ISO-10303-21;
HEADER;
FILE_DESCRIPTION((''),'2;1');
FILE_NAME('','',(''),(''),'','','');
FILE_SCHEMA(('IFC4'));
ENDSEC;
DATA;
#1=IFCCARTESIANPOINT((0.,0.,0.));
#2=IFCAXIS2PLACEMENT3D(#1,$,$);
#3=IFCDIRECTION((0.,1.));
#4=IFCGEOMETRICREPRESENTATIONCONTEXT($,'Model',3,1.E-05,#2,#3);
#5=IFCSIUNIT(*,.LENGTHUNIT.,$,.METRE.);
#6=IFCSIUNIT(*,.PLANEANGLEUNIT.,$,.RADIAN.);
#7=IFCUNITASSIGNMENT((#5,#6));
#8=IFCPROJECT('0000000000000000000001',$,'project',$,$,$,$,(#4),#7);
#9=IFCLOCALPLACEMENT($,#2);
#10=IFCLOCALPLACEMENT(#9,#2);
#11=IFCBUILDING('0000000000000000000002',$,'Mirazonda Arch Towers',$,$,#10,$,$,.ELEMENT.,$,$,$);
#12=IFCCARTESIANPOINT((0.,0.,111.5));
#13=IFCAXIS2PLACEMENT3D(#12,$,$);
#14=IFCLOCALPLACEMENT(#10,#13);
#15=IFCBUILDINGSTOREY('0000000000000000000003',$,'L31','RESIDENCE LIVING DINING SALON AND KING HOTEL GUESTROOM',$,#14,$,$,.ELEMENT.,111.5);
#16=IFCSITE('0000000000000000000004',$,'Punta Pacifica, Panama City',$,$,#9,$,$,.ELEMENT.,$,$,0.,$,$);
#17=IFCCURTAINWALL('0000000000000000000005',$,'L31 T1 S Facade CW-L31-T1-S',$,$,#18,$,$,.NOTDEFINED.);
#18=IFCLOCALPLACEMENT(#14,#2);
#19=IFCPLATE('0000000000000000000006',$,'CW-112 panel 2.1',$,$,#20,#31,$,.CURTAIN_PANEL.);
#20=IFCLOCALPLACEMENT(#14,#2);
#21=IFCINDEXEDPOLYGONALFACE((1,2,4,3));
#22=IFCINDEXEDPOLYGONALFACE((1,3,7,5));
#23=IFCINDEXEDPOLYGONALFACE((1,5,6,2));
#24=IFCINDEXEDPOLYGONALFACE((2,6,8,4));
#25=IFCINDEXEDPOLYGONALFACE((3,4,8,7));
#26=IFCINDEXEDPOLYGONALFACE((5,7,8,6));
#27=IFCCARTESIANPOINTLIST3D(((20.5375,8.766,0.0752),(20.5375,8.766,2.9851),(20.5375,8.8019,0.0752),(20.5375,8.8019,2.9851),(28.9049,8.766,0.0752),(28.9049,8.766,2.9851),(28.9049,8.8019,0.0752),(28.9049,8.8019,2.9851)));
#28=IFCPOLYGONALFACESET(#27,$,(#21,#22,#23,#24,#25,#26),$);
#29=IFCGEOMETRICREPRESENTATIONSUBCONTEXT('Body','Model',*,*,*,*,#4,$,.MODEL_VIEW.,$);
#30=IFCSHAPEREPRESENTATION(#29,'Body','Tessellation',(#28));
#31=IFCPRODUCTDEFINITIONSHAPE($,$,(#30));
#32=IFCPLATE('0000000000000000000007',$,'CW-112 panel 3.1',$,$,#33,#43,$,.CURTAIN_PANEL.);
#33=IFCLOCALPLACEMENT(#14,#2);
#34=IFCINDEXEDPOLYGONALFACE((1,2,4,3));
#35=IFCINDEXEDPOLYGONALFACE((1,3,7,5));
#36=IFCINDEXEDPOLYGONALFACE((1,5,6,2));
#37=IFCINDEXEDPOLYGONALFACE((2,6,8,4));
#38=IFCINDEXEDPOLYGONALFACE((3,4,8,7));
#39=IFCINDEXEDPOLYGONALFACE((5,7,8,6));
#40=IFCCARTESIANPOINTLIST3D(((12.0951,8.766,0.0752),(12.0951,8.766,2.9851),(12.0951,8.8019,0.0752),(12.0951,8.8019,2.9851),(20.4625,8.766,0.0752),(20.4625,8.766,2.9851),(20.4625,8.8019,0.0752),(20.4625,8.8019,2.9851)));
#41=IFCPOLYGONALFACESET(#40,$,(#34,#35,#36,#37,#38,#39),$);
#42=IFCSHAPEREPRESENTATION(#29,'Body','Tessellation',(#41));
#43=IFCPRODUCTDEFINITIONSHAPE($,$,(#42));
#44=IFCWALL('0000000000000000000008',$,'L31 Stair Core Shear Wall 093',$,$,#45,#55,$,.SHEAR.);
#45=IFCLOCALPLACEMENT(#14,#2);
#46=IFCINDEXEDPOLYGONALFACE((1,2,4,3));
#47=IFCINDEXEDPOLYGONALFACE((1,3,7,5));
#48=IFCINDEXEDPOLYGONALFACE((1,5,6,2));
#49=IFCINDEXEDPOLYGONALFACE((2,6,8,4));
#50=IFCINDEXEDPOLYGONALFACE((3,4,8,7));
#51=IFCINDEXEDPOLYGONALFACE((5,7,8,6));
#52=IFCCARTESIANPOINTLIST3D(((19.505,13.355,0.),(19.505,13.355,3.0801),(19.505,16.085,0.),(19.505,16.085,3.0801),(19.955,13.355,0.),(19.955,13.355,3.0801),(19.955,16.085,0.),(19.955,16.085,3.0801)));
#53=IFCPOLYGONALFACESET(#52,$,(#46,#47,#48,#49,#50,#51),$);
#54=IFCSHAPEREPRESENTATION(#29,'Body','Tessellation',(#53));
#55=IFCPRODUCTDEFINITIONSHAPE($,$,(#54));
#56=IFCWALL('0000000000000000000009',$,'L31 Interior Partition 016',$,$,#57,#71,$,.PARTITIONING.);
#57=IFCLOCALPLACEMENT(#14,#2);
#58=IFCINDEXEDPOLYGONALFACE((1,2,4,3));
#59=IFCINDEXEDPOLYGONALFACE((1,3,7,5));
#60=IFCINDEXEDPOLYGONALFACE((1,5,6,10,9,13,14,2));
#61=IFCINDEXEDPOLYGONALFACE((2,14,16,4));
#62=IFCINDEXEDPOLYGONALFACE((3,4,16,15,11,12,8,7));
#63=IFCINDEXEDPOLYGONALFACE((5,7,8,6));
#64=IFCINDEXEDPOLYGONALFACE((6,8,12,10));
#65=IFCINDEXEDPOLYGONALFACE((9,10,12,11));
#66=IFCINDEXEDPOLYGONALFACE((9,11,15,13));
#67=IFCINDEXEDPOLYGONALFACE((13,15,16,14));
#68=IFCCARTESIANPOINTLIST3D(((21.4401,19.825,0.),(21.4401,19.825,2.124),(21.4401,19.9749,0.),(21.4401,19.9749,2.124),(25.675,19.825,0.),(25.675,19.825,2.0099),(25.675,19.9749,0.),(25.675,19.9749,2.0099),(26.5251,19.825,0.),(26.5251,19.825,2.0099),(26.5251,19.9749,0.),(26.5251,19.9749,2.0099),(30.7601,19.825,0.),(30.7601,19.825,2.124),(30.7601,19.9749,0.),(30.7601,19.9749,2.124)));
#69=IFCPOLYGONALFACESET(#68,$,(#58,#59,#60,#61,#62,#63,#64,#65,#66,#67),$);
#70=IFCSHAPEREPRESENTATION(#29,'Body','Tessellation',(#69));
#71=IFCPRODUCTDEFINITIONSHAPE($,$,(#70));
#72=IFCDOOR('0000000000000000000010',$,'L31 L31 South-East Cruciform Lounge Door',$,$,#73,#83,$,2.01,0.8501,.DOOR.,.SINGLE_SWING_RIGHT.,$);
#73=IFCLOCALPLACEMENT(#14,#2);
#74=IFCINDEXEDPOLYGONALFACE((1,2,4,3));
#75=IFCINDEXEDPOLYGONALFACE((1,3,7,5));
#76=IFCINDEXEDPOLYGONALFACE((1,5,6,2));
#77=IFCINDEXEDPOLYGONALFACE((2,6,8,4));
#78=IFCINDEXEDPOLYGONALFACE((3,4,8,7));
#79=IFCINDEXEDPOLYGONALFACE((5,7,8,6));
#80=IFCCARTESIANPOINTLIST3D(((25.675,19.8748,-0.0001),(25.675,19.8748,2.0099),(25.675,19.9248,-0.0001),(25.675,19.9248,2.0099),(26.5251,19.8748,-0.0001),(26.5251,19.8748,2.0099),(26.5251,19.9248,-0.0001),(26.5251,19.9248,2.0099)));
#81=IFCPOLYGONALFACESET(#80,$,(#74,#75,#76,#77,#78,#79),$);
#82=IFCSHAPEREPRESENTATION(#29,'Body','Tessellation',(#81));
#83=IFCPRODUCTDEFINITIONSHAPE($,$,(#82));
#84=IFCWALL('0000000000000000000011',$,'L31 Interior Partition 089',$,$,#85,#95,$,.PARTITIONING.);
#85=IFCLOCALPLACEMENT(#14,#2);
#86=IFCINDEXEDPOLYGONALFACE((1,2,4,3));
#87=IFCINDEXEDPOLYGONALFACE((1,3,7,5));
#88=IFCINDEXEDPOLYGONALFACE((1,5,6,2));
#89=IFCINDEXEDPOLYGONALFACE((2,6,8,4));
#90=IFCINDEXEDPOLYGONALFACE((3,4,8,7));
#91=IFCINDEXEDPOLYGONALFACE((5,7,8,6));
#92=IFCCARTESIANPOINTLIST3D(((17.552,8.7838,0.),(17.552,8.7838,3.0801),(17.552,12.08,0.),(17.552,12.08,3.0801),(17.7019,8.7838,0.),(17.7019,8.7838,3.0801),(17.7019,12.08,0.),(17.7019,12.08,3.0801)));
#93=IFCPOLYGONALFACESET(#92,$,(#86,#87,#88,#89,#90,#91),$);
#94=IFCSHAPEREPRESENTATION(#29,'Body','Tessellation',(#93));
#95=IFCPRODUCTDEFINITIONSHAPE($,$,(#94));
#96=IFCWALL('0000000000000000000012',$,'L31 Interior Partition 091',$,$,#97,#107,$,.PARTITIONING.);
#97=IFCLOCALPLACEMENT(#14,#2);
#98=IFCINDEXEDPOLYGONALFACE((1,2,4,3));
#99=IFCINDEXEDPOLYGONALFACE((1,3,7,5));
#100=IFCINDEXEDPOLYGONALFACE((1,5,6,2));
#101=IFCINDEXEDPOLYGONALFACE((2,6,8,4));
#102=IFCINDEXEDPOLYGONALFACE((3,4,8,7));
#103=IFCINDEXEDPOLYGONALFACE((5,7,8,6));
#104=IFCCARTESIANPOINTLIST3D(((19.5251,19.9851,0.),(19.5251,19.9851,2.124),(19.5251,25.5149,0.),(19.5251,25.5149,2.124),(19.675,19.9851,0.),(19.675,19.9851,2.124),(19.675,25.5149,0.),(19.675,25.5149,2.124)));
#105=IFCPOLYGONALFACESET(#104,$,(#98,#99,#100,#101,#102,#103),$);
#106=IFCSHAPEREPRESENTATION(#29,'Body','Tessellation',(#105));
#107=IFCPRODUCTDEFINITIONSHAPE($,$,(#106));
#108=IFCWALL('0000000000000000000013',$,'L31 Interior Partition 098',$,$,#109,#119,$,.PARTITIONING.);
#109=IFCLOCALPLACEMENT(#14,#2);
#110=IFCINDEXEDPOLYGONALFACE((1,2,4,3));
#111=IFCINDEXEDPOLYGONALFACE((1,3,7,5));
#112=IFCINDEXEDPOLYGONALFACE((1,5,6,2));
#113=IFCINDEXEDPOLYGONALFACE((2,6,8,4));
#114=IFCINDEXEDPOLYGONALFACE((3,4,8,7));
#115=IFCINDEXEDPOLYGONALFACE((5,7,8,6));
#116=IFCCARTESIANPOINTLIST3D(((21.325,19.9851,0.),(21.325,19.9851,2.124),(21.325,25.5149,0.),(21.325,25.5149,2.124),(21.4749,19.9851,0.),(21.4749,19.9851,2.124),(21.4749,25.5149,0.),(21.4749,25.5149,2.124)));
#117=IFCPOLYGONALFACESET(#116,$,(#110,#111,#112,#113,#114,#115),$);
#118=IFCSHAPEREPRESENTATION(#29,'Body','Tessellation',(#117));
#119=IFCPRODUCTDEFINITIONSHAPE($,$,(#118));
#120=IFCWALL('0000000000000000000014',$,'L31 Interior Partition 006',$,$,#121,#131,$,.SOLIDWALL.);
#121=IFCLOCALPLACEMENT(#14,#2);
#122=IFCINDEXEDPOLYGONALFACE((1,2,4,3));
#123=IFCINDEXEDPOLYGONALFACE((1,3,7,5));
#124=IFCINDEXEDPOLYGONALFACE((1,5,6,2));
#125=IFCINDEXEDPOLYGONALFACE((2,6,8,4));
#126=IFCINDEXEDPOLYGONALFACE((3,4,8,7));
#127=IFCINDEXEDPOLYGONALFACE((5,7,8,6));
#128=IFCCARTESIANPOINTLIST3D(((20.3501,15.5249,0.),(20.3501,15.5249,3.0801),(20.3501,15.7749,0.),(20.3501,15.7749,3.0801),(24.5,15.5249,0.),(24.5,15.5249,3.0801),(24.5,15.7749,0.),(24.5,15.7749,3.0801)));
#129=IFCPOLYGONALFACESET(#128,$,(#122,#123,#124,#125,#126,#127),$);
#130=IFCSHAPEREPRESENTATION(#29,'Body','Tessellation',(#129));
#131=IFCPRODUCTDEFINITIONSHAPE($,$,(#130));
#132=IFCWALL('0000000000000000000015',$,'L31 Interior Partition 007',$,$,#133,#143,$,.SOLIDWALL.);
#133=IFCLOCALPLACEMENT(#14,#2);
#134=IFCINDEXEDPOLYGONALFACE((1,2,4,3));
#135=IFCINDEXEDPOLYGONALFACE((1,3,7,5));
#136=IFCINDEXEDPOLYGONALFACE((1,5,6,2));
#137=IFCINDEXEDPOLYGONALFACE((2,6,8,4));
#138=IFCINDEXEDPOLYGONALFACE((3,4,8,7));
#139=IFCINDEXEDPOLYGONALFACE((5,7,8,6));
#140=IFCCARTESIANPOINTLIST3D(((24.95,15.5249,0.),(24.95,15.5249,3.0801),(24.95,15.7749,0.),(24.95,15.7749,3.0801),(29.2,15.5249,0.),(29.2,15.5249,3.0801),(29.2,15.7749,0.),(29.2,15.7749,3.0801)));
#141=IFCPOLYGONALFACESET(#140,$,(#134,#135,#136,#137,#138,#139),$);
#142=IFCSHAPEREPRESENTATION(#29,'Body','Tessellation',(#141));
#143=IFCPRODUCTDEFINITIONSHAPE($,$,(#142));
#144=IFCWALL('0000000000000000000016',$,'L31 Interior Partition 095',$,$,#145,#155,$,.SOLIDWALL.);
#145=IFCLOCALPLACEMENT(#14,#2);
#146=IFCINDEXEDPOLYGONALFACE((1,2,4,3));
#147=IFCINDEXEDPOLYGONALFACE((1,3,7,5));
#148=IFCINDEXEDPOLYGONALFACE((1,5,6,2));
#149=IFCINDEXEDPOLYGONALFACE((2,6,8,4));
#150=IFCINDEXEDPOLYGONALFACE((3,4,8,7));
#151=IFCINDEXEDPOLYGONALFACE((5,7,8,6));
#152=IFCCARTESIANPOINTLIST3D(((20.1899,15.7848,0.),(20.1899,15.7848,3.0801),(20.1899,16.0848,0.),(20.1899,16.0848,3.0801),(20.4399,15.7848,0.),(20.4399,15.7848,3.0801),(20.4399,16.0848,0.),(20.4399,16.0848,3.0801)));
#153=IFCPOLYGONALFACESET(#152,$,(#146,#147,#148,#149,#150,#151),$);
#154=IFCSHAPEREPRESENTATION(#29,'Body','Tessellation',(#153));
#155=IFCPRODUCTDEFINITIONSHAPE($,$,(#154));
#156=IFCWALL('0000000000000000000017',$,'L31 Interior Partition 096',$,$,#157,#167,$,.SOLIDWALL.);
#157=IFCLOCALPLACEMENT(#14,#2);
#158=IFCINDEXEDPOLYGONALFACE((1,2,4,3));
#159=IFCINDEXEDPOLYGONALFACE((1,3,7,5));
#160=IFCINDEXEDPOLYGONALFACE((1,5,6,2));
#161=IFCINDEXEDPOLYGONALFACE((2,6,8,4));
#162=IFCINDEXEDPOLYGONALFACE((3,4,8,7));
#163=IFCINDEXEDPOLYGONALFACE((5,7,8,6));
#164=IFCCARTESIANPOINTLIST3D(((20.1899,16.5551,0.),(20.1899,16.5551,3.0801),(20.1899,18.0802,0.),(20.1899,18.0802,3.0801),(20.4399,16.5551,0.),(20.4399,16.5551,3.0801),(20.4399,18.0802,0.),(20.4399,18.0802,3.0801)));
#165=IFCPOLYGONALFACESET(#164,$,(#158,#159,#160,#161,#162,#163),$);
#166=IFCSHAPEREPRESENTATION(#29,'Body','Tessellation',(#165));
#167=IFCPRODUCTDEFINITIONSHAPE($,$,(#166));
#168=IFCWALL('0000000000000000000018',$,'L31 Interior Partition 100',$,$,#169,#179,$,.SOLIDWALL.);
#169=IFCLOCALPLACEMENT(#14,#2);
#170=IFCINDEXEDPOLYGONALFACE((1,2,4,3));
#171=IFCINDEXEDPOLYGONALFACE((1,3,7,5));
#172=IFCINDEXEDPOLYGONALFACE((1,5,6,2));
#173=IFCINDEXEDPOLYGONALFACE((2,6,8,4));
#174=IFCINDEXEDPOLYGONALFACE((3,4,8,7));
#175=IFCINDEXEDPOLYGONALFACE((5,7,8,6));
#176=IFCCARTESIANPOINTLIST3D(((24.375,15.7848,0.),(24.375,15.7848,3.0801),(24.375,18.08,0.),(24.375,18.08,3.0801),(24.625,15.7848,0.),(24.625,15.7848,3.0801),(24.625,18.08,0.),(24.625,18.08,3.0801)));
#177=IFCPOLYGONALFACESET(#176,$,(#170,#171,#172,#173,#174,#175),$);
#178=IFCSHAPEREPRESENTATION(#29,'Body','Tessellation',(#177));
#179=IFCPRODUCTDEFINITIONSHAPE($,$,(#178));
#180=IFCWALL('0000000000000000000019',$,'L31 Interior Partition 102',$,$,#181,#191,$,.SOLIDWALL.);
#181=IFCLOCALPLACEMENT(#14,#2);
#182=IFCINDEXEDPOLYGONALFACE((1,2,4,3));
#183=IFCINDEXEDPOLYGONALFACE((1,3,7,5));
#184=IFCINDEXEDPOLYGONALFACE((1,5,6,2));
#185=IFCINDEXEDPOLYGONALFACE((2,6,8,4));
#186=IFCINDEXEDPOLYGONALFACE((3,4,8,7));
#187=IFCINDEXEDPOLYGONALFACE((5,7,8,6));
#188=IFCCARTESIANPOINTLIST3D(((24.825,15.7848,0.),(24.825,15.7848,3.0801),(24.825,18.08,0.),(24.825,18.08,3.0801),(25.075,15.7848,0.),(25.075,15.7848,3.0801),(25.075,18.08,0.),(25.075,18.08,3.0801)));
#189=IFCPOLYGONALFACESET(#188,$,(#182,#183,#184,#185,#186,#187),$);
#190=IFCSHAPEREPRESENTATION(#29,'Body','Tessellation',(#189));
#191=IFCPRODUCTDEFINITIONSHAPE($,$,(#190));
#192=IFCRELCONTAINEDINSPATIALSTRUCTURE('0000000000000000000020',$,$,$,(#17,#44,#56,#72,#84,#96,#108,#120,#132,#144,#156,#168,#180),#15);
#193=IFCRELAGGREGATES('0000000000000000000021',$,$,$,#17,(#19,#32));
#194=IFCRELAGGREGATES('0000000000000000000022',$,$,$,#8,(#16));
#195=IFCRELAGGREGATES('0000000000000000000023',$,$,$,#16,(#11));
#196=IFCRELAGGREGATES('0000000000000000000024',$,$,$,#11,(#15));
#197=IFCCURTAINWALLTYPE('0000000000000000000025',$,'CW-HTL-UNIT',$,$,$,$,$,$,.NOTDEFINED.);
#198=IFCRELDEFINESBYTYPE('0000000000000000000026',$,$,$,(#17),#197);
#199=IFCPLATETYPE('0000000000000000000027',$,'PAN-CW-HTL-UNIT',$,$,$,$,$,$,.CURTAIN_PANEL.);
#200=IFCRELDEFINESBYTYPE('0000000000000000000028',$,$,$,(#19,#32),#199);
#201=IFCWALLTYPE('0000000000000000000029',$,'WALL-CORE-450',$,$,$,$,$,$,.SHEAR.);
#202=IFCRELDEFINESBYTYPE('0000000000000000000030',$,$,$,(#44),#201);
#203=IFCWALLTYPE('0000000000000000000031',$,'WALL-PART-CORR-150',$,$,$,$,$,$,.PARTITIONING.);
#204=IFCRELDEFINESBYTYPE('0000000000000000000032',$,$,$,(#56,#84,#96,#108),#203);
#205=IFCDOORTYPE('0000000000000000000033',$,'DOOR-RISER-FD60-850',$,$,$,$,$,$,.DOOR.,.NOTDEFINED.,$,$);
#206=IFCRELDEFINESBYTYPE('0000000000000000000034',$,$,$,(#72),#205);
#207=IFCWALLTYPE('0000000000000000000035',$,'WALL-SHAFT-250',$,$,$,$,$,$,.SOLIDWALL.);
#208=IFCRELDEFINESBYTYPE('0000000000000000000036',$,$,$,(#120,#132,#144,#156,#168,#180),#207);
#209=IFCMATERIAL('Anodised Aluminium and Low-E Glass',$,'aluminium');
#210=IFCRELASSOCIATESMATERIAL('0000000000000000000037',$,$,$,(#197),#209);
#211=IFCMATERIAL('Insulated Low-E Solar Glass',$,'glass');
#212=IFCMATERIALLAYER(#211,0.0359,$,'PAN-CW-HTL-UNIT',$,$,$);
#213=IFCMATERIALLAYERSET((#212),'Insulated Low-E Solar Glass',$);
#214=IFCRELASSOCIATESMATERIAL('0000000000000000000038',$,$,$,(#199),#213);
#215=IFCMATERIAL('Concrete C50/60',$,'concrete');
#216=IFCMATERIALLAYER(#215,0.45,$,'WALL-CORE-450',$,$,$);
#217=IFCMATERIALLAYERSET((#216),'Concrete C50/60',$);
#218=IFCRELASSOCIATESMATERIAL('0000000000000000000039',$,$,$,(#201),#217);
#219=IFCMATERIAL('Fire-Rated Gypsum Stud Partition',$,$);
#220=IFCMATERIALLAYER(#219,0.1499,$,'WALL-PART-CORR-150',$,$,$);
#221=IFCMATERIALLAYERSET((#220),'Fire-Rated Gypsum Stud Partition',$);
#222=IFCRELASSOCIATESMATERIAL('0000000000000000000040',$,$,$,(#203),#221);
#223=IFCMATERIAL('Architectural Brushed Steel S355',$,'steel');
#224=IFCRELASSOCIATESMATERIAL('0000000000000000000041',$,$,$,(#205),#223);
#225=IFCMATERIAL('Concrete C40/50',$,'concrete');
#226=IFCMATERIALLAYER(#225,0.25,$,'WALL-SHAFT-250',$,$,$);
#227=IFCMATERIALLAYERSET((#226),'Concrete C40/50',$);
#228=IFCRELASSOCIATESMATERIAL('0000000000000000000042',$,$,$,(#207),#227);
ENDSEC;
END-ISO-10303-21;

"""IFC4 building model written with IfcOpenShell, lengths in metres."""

from ifc_helpers import new_model, si_unit, direction, frame, frame_2d, origin, origin_2d, place, context, subcontext, project, spatial, rectangle, extrude, material, layer, layer_set, type_object, element, fill, aggregate, save


model = new_model("IFC4")

# Units and contexts
model_context = context("Model", 3, precision=1e-05, world=origin(), true_north=direction((0.0, 1.0)))
body_context = subcontext(model_context, "Body", "Model", "MODEL_VIEW")
ifc_project = project(units=[si_unit("LENGTHUNIT", "METRE"), si_unit("PLANEANGLEUNIT", "RADIAN")], contexts=[model_context])

# Site, building, storey
site_placement = place(None, origin())
site = spatial("IfcSite", under=ifc_project, at=site_placement, Name="Punta Pacifica, Panama City", CompositionType="ELEMENT", RefElevation=0.0)
building_placement = place(site_placement, origin())
building = spatial("IfcBuilding", under=site, at=building_placement, Name="Mirazonda Arch Towers", CompositionType="ELEMENT")
storey_placement = place(building_placement, frame((0.0, 0.0, 111.5)))
storey = spatial("IfcBuildingStorey", under=building, at=storey_placement, Name="L31", Description="RESIDENCE LIVING DINING SALON AND KING HOTEL GUESTROOM", CompositionType="ELEMENT", Elevation=111.5)

# Shared definitions
ifc_material_1 = material(Name="Concrete C50/60", Category="concrete")

# Curtain wall, plates
ifc_material_2 = material(Name="Anodised Aluminium and Low-E Glass", Category="aluminium")
curtain_wall_type = type_object("IfcCurtainWallType", Name="CW-HTL-UNIT", PredefinedType="NOTDEFINED", material=ifc_material_2)
curtain_wall_placement = place(storey_placement, origin())
curtain_wall = element("IfcCurtainWall", 1, at=curtain_wall_placement, inside=storey, type_object=curtain_wall_type, Name="L31 T1 S Facade CW-L31-T1-S", PredefinedType="NOTDEFINED")
ifc_material_3 = material(Name="Insulated Low-E Solar Glass", Category="glass")
ifc_layer_1 = layer(ifc_material_3, 0.0359, Name="PAN-CW-HTL-UNIT")
ifc_layer_set_1 = layer_set([ifc_layer_1], Name="Insulated Low-E Solar Glass")
plate_type = type_object("IfcPlateType", Name="PAN-CW-HTL-UNIT", PredefinedType="CURTAIN_PANEL", material=ifc_layer_set_1)
plate_1_placement = place(storey_placement, frame((24.7212, 8.7839, 0.0752), z_axis=(0.0, 0.0, 1.0), x_axis=(-1.0, 0.0, 0.0)))
plate_1 = element("IfcPlate", 2, at=plate_1_placement, type_object=plate_type, Name="CW-112 panel 2.1", PredefinedType="CURTAIN_PANEL", context=body_context, shape_type="SweptSolid", body=[
    extrude(rectangle(XDim=8.3674, YDim=0.0359, at=origin_2d()), origin(), (0.0, 0.0, 1.0), 2.9099),
])
plate_2_placement = place(storey_placement, frame((16.2788, 8.7839, 0.0752), z_axis=(0.0, 0.0, 1.0), x_axis=(-1.0, 0.0, 0.0)))
plate_2 = element("IfcPlate", 3, at=plate_2_placement, type_object=plate_type, Name="CW-112 panel 3.1", PredefinedType="CURTAIN_PANEL", context=body_context, shape_type="SweptSolid", body=[
    extrude(rectangle(XDim=8.3674, YDim=0.0359, at=origin_2d()), origin(), (0.0, 0.0, 1.0), 2.9099),
])
aggregate(curtain_wall, [plate_1, plate_2])

# Wall
ifc_layer_2 = layer(ifc_material_1, 0.45, Name="WALL-CORE-450")
ifc_layer_set_2 = layer_set([ifc_layer_2], Name="Concrete C50/60")
wall_type_1 = type_object("IfcWallType", Name="WALL-CORE-450", PredefinedType="SHEAR", material=ifc_layer_set_2)
wall_1_placement = place(storey_placement, frame((19.73, 13.355, 0.0), z_axis=(0.0, 0.0, 1.0), x_axis=(0.0, 1.0, 0.0)))
element("IfcWall", 4, at=wall_1_placement, inside=storey, type_object=wall_type_1, Name="L31 Stair Core Shear Wall 093", PredefinedType="SHEAR", context=body_context, shape_type="SweptSolid", body=[
    extrude(rectangle(XDim=2.73, YDim=0.45, at=frame_2d((1.365, 0.0))), origin(), (0.0, 0.0, 1.0), 3.0801),
])

# Wall, opening, door
ifc_material_4 = material(Name="Fire-Rated Gypsum Stud Partition")
ifc_layer_3 = layer(ifc_material_4, 0.1499, Name="WALL-PART-CORR-150")
ifc_layer_set_3 = layer_set([ifc_layer_3], Name="Fire-Rated Gypsum Stud Partition")
wall_type_2 = type_object("IfcWallType", Name="WALL-PART-CORR-150", PredefinedType="PARTITIONING", material=ifc_layer_set_3)
wall_2_placement = place(storey_placement, frame((21.4399, 19.8999, 0.0), z_axis=(0.0, 0.0, 1.0), x_axis=(1.0, 0.0, 0.0)))
wall_2 = element("IfcWall", 5, at=wall_2_placement, inside=storey, type_object=wall_type_2, Name="L31 Interior Partition 016", PredefinedType="PARTITIONING", context=body_context, shape_type="SweptSolid", body=[
    extrude(rectangle(XDim=9.3201, YDim=0.1499, at=frame_2d((4.6602, 0.0))), origin(), (0.0, 0.0, 1.0), 2.124),
])
opening_placement = place(wall_2_placement, frame((4.2351, 0.0, 0.0)))
opening = element("IfcOpeningElement", 6, at=opening_placement, cuts=wall_2, PredefinedType="OPENING", context=body_context, shape_type="SweptSolid", body=[
    extrude(rectangle(XDim=0.8501, YDim=2.01, at=frame_2d((0.425, 1.0049))), frame((0.0, 0.085, 0.0), z_axis=(0.0, -1.0, 0.0), x_axis=(1.0, 0.0, 0.0)), (0.0, 0.0, 1.0), 0.1699),
])
ifc_material_5 = material(Name="Architectural Brushed Steel S355", Category="steel")
door_type = type_object("IfcDoorType", Name="DOOR-RISER-FD60-850", OperationType="NOTDEFINED", PredefinedType="DOOR", material=ifc_material_5)
door_placement = place(opening_placement, origin())
door = element("IfcDoor", 7, at=door_placement, inside=storey, type_object=door_type, Name="L31 L31 South-East Cruciform Lounge Door", OperationType="SINGLE_SWING_RIGHT", OverallHeight=2.01, OverallWidth=0.8501, PredefinedType="DOOR", context=body_context, shape_type="SweptSolid", body=[
    extrude(rectangle(XDim=0.8501, YDim=2.01, at=frame_2d((0.425, 1.0049))), frame((0.0, 0.0249, 0.0), z_axis=(0.0, -1.0, 0.0), x_axis=(1.0, 0.0, 0.0)), (0.0, 0.0, 1.0), 0.05),
])
fill(opening, door)

# Walls
wall_3_placement = place(storey_placement, frame((17.627, 8.7839, 0.0), z_axis=(0.0, 0.0, 1.0), x_axis=(0.0, 1.0, 0.0)))
element("IfcWall", 8, at=wall_3_placement, inside=storey, type_object=wall_type_2, Name="L31 Interior Partition 089", PredefinedType="PARTITIONING", context=body_context, shape_type="SweptSolid", body=[
    extrude(rectangle(XDim=3.2961, YDim=0.1499, at=frame_2d((1.6479, 0.0))), origin(), (0.0, 0.0, 1.0), 3.0801),
])
for number, where, z_axis, x_axis, name in (
    (9, (19.6001, 19.9851, 0.0), (0.0, 0.0, 1.0), (0.0, 1.0, 0.0), "L31 Interior Partition 091"),
    (10, (21.3999, 19.9851, 0.0), (0.0, 0.0, 1.0), (0.0, 1.0, 0.0), "L31 Interior Partition 098"),
):
    element("IfcWall", number, at=place(storey_placement, frame(where, z_axis=z_axis, x_axis=x_axis)), inside=storey, type_object=wall_type_2, Name=name, PredefinedType="PARTITIONING", context=body_context, shape_type="SweptSolid", body=[
        extrude(rectangle(XDim=5.5298, YDim=0.1499, at=frame_2d((2.7649, 0.0))), origin(), (0.0, 0.0, 1.0), 2.124),
    ])
ifc_material_6 = material(Name="Concrete C40/50", Category="concrete")
ifc_layer_4 = layer(ifc_material_6, 0.25, Name="WALL-SHAFT-250")
ifc_layer_set_4 = layer_set([ifc_layer_4], Name="Concrete C40/50")
wall_type_3 = type_object("IfcWallType", Name="WALL-SHAFT-250", PredefinedType="SOLIDWALL", material=ifc_layer_set_4)
wall_4_placement = place(storey_placement, frame((20.3501, 15.6499, 0.0), z_axis=(0.0, 0.0, 1.0), x_axis=(1.0, 0.0, 0.0)))
element("IfcWall", 11, at=wall_4_placement, inside=storey, type_object=wall_type_3, Name="L31 Interior Partition 006", PredefinedType="SOLIDWALL", context=body_context, shape_type="SweptSolid", body=[
    extrude(rectangle(XDim=4.1499, YDim=0.25, at=frame_2d((2.075, 0.0))), origin(), (0.0, 0.0, 1.0), 3.0801),
])
wall_5_placement = place(storey_placement, frame((24.95, 15.6499, 0.0), z_axis=(0.0, 0.0, 1.0), x_axis=(1.0, 0.0, 0.0)))
element("IfcWall", 12, at=wall_5_placement, inside=storey, type_object=wall_type_3, Name="L31 Interior Partition 007", PredefinedType="SOLIDWALL", context=body_context, shape_type="SweptSolid", body=[
    extrude(rectangle(XDim=4.25, YDim=0.25, at=frame_2d((2.125, 0.0))), origin(), (0.0, 0.0, 1.0), 3.0801),
])
wall_6_placement = place(storey_placement, frame((20.3149, 15.7849, 0.0), z_axis=(0.0, 0.0, 1.0), x_axis=(0.0, 1.0, 0.0)))
element("IfcWall", 13, at=wall_6_placement, inside=storey, type_object=wall_type_3, Name="L31 Interior Partition 095", PredefinedType="SOLIDWALL", context=body_context, shape_type="SweptSolid", body=[
    extrude(rectangle(XDim=0.3, YDim=0.25, at=frame_2d((0.1499, 0.0))), origin(), (0.0, 0.0, 1.0), 3.0801),
])
wall_7_placement = place(storey_placement, frame((20.3149, 16.5549, 0.0), z_axis=(0.0, 0.0, 1.0), x_axis=(0.0, 1.0, 0.0)))
element("IfcWall", 14, at=wall_7_placement, inside=storey, type_object=wall_type_3, Name="L31 Interior Partition 096", PredefinedType="SOLIDWALL", context=body_context, shape_type="SweptSolid", body=[
    extrude(rectangle(XDim=1.5251, YDim=0.25, at=frame_2d((0.7627, 0.0))), origin(), (0.0, 0.0, 1.0), 3.0801),
])
for number, where, z_axis, x_axis, name in (
    (15, (24.5, 15.7849, 0.0), (0.0, 0.0, 1.0), (0.0, 1.0, 0.0), "L31 Interior Partition 100"),
    (16, (24.95, 15.7849, 0.0), (0.0, 0.0, 1.0), (0.0, 1.0, 0.0), "L31 Interior Partition 102"),
):
    element("IfcWall", number, at=place(storey_placement, frame(where, z_axis=z_axis, x_axis=x_axis)), inside=storey, type_object=wall_type_3, Name=name, PredefinedType="SOLIDWALL", context=body_context, shape_type="SweptSolid", body=[
        extrude(rectangle(XDim=2.2952, YDim=0.25, at=frame_2d((1.1475, 0.0))), origin(), (0.0, 0.0, 1.0), 3.0801),
    ])

save(model, "model.ifc")
